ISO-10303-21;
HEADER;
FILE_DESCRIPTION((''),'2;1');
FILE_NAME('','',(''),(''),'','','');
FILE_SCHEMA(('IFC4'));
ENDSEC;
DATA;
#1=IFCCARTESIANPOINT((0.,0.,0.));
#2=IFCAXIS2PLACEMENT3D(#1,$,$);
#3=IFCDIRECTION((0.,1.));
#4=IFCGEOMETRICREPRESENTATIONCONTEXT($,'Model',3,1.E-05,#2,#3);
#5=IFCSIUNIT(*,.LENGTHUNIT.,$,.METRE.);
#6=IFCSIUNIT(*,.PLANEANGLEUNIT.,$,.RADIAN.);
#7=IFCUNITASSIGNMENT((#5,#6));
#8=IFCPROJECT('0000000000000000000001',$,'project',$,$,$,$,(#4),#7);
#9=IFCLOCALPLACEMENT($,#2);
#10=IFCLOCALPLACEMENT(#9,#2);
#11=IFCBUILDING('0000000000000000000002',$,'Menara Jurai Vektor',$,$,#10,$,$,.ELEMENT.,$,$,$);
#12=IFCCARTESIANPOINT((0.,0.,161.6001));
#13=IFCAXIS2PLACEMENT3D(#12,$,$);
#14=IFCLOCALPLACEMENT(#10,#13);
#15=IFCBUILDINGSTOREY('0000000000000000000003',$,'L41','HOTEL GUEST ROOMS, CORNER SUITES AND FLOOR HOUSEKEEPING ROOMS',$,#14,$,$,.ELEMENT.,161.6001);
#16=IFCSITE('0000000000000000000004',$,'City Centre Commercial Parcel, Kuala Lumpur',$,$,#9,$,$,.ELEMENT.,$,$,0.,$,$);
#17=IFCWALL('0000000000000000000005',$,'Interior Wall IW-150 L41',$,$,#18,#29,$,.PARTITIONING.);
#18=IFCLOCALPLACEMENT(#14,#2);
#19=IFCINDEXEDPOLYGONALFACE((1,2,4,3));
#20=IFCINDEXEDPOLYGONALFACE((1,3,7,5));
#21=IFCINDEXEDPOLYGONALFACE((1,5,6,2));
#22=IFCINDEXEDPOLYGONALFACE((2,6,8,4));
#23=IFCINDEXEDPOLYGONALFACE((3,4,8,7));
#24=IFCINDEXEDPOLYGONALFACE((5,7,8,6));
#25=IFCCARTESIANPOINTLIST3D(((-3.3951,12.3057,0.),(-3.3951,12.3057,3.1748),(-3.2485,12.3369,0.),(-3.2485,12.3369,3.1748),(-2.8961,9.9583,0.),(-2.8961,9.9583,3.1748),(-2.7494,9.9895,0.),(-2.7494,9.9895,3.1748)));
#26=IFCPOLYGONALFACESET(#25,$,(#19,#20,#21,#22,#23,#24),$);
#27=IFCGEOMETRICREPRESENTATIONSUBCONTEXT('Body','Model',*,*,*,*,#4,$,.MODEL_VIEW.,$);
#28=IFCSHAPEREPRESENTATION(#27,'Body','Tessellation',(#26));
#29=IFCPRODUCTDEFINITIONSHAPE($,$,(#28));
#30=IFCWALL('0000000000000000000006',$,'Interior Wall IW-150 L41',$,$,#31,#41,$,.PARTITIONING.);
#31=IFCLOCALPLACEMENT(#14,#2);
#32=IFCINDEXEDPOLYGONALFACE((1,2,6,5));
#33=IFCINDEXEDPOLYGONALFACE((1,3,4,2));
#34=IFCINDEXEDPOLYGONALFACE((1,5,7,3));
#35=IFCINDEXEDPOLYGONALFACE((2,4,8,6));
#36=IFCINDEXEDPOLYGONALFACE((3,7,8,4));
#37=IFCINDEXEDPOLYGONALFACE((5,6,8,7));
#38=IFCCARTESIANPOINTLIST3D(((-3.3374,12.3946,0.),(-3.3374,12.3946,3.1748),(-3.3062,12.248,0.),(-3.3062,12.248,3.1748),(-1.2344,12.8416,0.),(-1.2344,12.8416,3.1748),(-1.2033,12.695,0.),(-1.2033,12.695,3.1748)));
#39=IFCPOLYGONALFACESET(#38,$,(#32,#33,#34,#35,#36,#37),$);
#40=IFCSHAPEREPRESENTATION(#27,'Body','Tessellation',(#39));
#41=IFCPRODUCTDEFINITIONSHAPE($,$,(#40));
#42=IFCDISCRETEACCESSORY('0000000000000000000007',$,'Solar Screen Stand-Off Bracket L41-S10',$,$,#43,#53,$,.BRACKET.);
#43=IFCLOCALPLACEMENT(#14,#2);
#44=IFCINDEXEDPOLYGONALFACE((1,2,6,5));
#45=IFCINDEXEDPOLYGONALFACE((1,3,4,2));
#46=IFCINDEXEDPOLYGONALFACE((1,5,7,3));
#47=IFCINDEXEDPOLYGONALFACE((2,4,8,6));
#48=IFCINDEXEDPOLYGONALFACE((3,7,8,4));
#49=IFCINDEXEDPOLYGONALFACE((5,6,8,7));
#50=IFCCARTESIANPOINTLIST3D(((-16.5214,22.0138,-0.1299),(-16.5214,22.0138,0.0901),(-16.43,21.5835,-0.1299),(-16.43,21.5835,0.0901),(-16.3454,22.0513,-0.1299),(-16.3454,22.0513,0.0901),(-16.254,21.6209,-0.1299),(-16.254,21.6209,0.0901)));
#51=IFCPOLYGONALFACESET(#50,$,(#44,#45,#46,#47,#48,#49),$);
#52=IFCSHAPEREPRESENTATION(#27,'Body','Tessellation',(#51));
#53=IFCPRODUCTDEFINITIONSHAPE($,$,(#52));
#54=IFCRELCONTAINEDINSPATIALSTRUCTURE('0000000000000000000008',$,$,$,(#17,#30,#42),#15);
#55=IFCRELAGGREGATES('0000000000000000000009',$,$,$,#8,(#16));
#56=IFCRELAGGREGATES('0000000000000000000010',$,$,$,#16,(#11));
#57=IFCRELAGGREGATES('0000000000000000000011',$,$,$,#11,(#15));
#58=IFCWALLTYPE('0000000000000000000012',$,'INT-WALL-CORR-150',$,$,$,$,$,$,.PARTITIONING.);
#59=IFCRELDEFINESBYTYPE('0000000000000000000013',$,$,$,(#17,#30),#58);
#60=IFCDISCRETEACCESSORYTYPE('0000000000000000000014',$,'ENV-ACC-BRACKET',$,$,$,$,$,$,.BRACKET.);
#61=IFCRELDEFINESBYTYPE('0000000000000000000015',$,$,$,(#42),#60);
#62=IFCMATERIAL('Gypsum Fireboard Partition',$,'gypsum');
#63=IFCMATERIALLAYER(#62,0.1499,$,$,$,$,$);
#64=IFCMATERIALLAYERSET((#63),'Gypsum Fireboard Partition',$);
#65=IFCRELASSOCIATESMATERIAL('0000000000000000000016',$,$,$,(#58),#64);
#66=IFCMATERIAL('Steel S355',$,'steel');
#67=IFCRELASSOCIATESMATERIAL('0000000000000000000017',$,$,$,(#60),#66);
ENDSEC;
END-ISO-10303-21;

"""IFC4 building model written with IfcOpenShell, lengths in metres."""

from ifc_helpers import new_model, si_unit, direction, frame, frame_2d, origin, origin_2d, place, context, subcontext, project, spatial, rectangle, extrude, material, layer, layer_set, type_object, element, save


model = new_model("IFC4")

# Units and contexts
model_context = context("Model", 3, precision=1e-05, world=origin(), true_north=direction((0.0, 1.0)))
body_context = subcontext(model_context, "Body", "Model", "MODEL_VIEW")
ifc_project = project(units=[si_unit("LENGTHUNIT", "METRE"), si_unit("PLANEANGLEUNIT", "RADIAN")], contexts=[model_context])

# Site, building, storey
site_placement = place(None, origin())
site = spatial("IfcSite", under=ifc_project, at=site_placement, Name="City Centre Commercial Parcel, Kuala Lumpur", CompositionType="ELEMENT", RefElevation=0.0)
building_placement = place(site_placement, origin())
building = spatial("IfcBuilding", under=site, at=building_placement, Name="Menara Jurai Vektor", CompositionType="ELEMENT")
storey_placement = place(building_placement, frame((0.0, 0.0, 161.6001)))
storey = spatial("IfcBuildingStorey", under=building, at=storey_placement, Name="L41", Description="HOTEL GUEST ROOMS, CORNER SUITES AND FLOOR HOUSEKEEPING ROOMS", CompositionType="ELEMENT", Elevation=161.6001)

# Shared definitions
ifc_material_1 = material(Name="Steel S355", Category="steel")

# Shared definitions
ifc_material_2 = material(Name="Gypsum Fireboard Partition", Category="gypsum")
ifc_layer_1 = layer(ifc_material_2, 0.1499)
ifc_layer_set_1 = layer_set([ifc_layer_1], Name="Gypsum Fireboard Partition")
wall_type = type_object("IfcWallType", Name="INT-WALL-CORR-150", PredefinedType="PARTITIONING", material=ifc_layer_set_1)

# Walls
wall_1_placement = place(storey_placement, frame((-2.8228, 9.9739, 0.0), z_axis=(0.0, 0.0, 1.0), x_axis=(-0.207938, 0.978142, 0.0)))
element("IfcWall", 1, at=wall_1_placement, inside=storey, type_object=wall_type, Name="Interior Wall IW-150 L41", PredefinedType="PARTITIONING", context=body_context, shape_type="SweptSolid", body=[
    extrude(rectangle(XDim=2.3999, YDim=0.1499, at=frame_2d((1.2, 0.0))), origin(), (0.0, 0.0, 1.0), 3.1748),
])
wall_2_placement = place(storey_placement, frame((-3.3218, 12.3213, 0.0), z_axis=(0.0, 0.0, 1.0), x_axis=(0.978147, 0.207916, 0.0)))
element("IfcWall", 2, at=wall_2_placement, inside=storey, type_object=wall_type, Name="Interior Wall IW-150 L41", PredefinedType="PARTITIONING", context=body_context, shape_type="SweptSolid", body=[
    extrude(rectangle(XDim=2.1499, YDim=0.1499, at=frame_2d((1.075, 0.0))), origin(), (0.0, 0.0, 1.0), 3.1748),
])

# Discrete accessory
discrete_accessory_type = type_object("IfcDiscreteAccessoryType", Name="ENV-ACC-BRACKET", PredefinedType="BRACKET", material=ifc_material_1)
discrete_accessory_placement = place(storey_placement, frame((-16.3877, 21.8174, -0.1299), z_axis=(0.0, 0.0, 1.0), x_axis=(-0.978148, -0.207912, 0.0)))
element("IfcDiscreteAccessory", 3, at=discrete_accessory_placement, inside=storey, type_object=discrete_accessory_type, Name="Solar Screen Stand-Off Bracket L41-S10", PredefinedType="BRACKET", context=body_context, shape_type="SweptSolid", body=[
    extrude(rectangle(XDim=0.1799, YDim=0.4399, at=origin_2d()), origin(), (0.0, 0.0, 1.0), 0.22),
])

save(model, "model.ifc")
